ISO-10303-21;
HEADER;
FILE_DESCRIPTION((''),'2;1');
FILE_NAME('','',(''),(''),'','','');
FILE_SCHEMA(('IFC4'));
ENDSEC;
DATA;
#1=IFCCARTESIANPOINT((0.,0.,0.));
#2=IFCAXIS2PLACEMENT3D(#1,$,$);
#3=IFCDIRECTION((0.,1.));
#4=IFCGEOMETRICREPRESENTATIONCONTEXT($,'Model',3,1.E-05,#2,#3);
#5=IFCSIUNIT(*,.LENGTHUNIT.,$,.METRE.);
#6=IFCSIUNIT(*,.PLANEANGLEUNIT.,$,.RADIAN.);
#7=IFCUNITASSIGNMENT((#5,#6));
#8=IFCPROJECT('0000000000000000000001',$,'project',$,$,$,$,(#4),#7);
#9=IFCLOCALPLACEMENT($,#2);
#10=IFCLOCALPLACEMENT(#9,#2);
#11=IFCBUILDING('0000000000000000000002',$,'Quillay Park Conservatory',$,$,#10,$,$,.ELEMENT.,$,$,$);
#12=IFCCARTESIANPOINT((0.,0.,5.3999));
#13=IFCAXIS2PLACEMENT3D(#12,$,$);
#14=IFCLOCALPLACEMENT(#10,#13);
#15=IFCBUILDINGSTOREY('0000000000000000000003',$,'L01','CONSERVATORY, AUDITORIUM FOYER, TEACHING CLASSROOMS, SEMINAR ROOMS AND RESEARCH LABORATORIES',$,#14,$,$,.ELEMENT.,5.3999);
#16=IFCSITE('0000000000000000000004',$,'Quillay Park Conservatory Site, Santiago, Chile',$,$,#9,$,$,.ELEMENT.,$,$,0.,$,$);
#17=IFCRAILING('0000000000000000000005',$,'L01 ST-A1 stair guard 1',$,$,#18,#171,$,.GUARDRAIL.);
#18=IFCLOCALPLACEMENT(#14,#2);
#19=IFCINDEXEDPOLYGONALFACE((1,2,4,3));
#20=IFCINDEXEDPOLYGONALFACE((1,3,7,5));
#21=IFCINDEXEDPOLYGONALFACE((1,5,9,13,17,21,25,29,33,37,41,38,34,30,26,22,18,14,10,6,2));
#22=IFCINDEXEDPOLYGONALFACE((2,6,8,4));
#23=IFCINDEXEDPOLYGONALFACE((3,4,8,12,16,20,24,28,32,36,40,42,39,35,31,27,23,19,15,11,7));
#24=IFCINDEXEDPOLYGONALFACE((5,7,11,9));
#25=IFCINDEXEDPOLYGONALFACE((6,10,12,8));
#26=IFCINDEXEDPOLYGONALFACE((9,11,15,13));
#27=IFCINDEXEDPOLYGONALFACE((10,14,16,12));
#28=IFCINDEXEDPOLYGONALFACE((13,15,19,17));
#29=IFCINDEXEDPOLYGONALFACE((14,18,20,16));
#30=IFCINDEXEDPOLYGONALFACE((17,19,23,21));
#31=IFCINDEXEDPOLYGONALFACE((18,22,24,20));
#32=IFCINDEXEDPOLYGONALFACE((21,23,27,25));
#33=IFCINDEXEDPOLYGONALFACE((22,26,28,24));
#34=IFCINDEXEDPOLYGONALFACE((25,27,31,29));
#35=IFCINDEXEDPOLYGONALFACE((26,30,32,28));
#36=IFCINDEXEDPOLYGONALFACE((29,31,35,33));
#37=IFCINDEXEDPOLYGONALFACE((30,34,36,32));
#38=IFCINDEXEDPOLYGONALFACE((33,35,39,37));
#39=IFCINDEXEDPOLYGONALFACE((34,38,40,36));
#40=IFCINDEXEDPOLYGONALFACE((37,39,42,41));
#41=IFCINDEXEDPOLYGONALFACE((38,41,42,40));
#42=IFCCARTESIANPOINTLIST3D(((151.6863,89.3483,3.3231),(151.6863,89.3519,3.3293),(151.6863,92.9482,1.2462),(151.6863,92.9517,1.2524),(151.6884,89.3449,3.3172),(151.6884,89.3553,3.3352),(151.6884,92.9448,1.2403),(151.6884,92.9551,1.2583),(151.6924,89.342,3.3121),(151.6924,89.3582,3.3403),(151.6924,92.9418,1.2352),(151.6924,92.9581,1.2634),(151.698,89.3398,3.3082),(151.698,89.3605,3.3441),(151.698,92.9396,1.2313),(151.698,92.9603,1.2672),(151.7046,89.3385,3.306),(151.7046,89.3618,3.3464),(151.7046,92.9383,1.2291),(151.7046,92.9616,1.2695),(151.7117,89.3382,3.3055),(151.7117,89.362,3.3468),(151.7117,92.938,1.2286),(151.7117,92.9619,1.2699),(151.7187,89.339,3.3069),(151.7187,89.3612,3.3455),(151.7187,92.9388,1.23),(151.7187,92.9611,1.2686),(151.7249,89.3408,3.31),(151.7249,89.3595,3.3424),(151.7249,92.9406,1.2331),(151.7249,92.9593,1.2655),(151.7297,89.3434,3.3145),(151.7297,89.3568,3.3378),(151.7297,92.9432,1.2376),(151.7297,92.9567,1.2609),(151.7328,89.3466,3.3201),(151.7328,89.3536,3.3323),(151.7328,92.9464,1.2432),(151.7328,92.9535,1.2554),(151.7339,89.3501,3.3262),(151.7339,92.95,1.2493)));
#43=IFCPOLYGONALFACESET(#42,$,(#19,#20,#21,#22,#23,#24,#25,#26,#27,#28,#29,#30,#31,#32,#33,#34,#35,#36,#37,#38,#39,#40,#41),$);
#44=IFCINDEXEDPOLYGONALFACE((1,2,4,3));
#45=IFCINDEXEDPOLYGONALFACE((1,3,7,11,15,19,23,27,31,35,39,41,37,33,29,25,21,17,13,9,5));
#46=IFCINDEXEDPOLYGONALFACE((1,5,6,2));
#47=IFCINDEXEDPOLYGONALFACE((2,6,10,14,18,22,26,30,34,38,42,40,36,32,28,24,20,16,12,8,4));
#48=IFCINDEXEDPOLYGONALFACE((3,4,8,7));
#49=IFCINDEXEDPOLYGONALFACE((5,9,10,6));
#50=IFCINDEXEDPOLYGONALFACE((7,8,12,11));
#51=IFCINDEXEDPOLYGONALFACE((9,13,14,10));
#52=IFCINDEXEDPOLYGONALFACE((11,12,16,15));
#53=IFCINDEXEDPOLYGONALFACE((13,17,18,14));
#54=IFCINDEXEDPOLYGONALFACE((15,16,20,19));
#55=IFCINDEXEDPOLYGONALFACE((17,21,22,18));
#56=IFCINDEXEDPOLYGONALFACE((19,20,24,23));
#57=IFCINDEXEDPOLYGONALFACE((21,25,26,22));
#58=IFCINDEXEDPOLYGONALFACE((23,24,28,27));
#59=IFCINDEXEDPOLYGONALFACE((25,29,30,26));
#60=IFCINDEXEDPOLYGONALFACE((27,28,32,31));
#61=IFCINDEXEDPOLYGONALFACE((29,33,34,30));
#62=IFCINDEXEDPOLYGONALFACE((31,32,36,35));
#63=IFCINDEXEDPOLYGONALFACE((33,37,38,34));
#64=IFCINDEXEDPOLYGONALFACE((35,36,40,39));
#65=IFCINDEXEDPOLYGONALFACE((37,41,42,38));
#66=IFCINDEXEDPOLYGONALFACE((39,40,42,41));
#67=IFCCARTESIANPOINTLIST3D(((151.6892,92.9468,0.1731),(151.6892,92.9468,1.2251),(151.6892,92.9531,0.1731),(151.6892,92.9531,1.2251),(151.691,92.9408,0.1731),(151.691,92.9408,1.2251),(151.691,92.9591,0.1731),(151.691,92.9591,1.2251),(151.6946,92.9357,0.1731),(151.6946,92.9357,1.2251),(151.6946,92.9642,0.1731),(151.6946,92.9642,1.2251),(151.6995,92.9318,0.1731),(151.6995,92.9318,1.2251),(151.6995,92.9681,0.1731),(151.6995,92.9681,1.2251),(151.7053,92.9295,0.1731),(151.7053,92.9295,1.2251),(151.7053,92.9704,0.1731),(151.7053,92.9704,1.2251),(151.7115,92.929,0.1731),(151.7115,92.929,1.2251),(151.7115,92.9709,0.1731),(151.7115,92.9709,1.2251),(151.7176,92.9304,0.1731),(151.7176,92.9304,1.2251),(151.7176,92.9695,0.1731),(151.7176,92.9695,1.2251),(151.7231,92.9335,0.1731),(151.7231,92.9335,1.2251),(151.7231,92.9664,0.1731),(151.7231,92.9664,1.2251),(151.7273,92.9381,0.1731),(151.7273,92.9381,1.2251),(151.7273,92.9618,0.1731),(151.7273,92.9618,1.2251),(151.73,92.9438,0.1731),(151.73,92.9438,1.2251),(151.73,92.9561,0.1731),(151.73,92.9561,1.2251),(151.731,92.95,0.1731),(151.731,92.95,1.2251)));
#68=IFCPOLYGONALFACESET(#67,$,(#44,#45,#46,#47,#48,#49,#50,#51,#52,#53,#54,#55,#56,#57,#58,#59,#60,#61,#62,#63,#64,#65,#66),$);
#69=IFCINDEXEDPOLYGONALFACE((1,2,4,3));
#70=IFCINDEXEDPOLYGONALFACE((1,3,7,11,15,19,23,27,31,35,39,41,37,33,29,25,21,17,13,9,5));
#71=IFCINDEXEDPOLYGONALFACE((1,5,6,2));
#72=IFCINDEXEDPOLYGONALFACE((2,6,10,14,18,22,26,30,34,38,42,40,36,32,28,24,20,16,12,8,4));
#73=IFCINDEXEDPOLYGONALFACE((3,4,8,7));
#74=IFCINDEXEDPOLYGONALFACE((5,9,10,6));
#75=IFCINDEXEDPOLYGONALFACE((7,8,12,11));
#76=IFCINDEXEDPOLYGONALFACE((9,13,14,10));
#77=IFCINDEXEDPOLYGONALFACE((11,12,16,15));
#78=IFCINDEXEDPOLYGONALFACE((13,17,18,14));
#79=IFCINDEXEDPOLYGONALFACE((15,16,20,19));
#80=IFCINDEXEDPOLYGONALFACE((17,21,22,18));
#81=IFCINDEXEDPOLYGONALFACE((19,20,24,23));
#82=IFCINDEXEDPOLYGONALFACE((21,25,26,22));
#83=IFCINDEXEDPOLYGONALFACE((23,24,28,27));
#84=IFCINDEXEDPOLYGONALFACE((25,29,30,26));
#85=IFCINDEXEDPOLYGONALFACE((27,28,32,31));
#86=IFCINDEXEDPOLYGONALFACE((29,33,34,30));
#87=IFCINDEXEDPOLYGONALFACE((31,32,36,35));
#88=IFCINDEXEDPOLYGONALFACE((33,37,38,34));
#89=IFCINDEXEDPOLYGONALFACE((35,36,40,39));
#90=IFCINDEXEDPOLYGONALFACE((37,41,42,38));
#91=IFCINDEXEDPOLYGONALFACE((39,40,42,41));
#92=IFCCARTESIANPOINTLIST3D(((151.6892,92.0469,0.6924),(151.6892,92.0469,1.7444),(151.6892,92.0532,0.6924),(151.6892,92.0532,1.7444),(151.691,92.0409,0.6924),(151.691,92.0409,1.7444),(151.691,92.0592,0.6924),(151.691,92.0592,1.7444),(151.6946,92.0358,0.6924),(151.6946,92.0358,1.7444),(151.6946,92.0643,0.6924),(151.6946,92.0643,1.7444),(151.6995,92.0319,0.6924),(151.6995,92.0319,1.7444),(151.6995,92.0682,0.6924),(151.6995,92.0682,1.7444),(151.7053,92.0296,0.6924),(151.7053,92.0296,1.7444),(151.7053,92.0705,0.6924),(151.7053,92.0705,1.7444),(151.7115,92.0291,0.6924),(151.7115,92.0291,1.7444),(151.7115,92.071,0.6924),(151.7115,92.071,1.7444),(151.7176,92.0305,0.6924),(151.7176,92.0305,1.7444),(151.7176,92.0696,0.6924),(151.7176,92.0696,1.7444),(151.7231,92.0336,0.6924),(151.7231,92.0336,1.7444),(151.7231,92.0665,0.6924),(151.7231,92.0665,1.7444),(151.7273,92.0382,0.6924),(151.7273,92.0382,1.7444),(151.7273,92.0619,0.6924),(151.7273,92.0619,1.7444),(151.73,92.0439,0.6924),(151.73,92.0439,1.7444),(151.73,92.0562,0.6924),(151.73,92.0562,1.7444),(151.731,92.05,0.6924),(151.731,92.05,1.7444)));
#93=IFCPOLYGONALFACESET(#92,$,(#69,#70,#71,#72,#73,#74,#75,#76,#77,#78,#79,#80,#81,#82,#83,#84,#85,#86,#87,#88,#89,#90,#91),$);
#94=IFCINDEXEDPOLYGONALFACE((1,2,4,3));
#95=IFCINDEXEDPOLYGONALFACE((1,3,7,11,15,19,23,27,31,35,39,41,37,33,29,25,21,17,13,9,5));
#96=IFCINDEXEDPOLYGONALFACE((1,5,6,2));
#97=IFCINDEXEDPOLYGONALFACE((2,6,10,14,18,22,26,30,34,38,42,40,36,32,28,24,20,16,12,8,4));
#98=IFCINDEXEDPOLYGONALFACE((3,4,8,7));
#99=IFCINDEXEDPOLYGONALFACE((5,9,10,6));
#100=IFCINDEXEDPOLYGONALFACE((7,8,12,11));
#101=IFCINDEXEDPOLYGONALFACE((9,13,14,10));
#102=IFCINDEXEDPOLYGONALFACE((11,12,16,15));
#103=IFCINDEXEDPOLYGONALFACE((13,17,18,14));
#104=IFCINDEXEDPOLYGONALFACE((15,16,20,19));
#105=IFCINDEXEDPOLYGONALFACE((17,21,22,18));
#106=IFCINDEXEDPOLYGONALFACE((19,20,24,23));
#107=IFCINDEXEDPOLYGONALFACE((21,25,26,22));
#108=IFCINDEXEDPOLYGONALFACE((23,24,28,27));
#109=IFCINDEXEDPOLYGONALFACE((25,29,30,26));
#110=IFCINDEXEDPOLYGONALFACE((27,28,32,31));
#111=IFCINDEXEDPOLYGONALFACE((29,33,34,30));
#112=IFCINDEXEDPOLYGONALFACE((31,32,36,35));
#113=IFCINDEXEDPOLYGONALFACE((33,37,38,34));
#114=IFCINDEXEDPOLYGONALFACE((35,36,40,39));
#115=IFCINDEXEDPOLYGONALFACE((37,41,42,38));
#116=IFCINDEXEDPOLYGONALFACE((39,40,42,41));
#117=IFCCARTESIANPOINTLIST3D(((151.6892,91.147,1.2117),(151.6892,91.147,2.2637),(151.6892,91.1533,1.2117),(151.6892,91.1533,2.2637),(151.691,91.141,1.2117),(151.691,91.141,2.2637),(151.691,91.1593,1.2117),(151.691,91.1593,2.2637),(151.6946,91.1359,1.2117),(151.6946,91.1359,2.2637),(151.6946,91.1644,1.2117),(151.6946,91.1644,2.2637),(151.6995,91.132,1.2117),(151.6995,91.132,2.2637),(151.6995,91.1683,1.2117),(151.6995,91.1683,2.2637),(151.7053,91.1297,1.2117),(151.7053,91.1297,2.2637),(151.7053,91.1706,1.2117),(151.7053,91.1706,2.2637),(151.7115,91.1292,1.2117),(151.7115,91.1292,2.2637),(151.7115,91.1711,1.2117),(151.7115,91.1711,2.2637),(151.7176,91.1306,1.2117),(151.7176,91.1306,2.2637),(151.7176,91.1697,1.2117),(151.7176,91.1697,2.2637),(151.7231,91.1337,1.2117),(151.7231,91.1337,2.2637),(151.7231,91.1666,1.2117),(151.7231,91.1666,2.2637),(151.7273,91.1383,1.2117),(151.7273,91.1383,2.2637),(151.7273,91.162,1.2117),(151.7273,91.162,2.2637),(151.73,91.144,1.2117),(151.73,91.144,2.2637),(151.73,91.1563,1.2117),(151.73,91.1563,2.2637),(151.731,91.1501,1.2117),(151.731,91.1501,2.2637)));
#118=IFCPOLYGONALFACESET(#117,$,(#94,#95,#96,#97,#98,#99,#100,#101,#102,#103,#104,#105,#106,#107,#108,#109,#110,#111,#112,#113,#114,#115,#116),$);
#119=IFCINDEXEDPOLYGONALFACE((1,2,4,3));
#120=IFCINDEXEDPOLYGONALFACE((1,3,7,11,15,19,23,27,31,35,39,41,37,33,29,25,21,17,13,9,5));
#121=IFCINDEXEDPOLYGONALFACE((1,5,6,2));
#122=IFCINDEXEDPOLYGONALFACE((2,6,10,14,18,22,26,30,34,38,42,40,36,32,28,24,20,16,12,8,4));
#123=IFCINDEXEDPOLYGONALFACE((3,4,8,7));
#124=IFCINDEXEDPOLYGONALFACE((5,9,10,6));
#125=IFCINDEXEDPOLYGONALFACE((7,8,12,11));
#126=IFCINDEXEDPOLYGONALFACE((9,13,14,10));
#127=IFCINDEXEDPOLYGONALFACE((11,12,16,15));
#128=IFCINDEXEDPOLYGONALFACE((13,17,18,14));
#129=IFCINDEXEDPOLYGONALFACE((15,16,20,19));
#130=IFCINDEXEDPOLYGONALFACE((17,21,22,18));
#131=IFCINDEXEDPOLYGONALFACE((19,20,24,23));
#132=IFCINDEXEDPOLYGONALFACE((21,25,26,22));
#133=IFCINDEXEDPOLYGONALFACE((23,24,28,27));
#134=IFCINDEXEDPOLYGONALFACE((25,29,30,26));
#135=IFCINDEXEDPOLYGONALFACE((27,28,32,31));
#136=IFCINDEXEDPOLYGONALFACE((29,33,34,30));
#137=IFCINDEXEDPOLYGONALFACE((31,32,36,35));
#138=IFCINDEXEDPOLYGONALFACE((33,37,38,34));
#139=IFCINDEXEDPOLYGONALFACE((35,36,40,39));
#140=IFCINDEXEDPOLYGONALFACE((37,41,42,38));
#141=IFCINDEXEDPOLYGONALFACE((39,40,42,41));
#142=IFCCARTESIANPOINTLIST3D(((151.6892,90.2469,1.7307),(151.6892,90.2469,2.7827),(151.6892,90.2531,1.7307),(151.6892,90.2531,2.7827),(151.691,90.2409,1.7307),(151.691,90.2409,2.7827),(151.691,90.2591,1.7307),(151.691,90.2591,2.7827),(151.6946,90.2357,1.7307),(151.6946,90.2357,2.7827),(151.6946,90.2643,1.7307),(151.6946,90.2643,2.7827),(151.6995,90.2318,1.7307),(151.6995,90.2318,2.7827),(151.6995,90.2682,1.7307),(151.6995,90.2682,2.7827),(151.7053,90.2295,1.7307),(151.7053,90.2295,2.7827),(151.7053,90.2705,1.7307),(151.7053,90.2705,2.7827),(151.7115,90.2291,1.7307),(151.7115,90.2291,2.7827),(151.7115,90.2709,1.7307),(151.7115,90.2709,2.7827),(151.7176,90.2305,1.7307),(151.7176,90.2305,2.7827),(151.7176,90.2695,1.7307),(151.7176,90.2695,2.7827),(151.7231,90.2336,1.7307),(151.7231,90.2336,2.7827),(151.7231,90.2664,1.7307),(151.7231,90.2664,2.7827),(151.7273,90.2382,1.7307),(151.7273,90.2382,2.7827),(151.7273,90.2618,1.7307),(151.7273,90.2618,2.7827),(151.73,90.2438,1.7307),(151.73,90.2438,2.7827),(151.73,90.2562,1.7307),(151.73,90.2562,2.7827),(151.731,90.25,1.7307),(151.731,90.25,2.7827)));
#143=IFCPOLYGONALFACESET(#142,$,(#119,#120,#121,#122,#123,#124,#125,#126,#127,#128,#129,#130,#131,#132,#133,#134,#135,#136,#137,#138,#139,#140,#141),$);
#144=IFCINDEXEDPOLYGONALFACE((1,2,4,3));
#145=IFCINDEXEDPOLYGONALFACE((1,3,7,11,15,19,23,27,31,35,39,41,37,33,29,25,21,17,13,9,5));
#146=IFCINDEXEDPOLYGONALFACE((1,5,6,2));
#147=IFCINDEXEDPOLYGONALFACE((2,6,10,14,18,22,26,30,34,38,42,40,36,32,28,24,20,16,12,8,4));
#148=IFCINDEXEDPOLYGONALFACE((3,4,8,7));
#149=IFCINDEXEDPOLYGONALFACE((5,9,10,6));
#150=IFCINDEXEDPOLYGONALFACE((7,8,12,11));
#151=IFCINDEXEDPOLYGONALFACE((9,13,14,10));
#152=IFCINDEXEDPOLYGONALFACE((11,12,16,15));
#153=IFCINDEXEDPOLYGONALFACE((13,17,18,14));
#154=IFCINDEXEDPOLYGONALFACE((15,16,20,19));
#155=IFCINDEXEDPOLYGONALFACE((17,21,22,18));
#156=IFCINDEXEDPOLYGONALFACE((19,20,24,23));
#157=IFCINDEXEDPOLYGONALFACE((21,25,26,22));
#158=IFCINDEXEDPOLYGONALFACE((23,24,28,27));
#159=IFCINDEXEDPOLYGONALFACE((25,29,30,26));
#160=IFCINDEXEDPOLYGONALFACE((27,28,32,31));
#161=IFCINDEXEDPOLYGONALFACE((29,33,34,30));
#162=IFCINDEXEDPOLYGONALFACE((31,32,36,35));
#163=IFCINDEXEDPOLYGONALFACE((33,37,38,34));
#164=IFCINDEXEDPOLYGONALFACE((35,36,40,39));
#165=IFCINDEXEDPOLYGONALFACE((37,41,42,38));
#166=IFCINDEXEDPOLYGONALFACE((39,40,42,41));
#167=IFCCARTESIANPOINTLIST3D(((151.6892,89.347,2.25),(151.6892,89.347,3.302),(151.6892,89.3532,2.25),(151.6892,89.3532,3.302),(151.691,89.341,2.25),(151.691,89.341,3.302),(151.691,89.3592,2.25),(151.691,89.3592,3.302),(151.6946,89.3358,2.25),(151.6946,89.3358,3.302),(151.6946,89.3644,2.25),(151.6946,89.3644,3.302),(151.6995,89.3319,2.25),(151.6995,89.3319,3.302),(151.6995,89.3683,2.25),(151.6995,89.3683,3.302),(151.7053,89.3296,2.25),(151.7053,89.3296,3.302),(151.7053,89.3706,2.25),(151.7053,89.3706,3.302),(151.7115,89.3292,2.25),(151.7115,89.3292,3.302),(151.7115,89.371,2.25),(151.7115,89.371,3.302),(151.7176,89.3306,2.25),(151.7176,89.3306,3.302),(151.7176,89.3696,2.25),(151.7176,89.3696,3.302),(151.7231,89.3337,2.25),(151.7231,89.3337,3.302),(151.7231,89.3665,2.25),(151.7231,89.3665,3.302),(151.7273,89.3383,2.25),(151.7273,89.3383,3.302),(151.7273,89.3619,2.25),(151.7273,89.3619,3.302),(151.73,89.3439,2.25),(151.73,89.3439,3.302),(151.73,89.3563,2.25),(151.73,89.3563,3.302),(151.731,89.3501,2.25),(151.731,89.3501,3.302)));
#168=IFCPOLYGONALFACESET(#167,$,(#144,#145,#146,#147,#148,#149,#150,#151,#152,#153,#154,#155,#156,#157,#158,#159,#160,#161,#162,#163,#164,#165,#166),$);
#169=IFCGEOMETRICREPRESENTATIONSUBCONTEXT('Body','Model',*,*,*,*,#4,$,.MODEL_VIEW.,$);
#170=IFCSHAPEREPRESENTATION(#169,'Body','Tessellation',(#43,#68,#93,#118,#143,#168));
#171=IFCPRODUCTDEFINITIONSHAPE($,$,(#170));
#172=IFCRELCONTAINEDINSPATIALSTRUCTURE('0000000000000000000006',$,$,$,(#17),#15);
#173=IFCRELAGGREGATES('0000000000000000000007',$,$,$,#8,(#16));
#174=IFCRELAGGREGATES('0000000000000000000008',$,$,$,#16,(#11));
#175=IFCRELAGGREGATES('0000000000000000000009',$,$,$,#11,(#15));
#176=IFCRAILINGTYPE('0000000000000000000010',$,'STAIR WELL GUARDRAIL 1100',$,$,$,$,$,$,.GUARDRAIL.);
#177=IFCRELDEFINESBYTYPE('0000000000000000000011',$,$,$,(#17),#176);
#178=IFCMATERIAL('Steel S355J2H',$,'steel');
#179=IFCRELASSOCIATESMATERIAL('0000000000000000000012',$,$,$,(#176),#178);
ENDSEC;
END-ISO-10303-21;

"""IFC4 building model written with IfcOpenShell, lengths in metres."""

from ifc_helpers import new_model, si_unit, direction, frame, origin, origin_2d, place, context, subcontext, project, spatial, circle, extrude, material, type_object, element, save


model = new_model("IFC4")

# Units and contexts
model_context = context("Model", 3, precision=1e-05, world=origin(), true_north=direction((0.0, 1.0)))
body_context = subcontext(model_context, "Body", "Model", "MODEL_VIEW")
ifc_project = project(units=[si_unit("LENGTHUNIT", "METRE"), si_unit("PLANEANGLEUNIT", "RADIAN")], contexts=[model_context])

# Site, building, storey
site_placement = place(None, origin())
site = spatial("IfcSite", under=ifc_project, at=site_placement, Name="Quillay Park Conservatory Site, Santiago, Chile", CompositionType="ELEMENT", RefElevation=0.0)
building_placement = place(site_placement, origin())
building = spatial("IfcBuilding", under=site, at=building_placement, Name="Quillay Park Conservatory", CompositionType="ELEMENT")
storey_placement = place(building_placement, frame((0.0, 0.0, 5.3999)))
storey = spatial("IfcBuildingStorey", under=building, at=storey_placement, Name="L01", Description="CONSERVATORY, AUDITORIUM FOYER, TEACHING CLASSROOMS, SEMINAR ROOMS AND RESEARCH LABORATORIES", CompositionType="ELEMENT", Elevation=5.3999)

# Railing
ifc_material_1 = material(Name="Steel S355J2H", Category="steel")
railing_type_1 = type_object("IfcRailingType", Name="STAIR WELL GUARDRAIL 1100", PredefinedType="GUARDRAIL", material=ifc_material_1)
railing_1_placement = place(storey_placement, frame((151.71, 92.95, 0.1731)))
element("IfcRailing", 1, at=railing_1_placement, inside=storey, type_object=railing_type_1, Name="L01 ST-A1 stair guard 1", PredefinedType="GUARDRAIL", context=body_context, shape_type="SweptSolid", body=[
    extrude(circle(Radius=0.0239, at=origin_2d()), frame((0.0, 0.0, 1.0762), z_axis=(0.0, -0.866179, 0.499734), x_axis=(1.0, 0.0, 0.0)), (0.0, 0.0, 1.0), 4.156),
    extrude(circle(Radius=0.021, at=origin_2d()), origin(), (0.0, 0.0, 1.0), 1.052),
    extrude(circle(Radius=0.021, at=origin_2d()), frame((0.0, -0.8999, 0.5193)), (0.0, 0.0, 1.0), 1.052),
    extrude(circle(Radius=0.021, at=origin_2d()), frame((0.0, -1.7998, 1.0386)), (0.0, 0.0, 1.0), 1.052),
    extrude(circle(Radius=0.021, at=origin_2d()), frame((0.0, -2.7, 1.5576)), (0.0, 0.0, 1.0), 1.052),
    extrude(circle(Radius=0.021, at=origin_2d()), frame((0.0, -3.5999, 2.0769)), (0.0, 0.0, 1.0), 1.052),
])

save(model, "model.ifc")
